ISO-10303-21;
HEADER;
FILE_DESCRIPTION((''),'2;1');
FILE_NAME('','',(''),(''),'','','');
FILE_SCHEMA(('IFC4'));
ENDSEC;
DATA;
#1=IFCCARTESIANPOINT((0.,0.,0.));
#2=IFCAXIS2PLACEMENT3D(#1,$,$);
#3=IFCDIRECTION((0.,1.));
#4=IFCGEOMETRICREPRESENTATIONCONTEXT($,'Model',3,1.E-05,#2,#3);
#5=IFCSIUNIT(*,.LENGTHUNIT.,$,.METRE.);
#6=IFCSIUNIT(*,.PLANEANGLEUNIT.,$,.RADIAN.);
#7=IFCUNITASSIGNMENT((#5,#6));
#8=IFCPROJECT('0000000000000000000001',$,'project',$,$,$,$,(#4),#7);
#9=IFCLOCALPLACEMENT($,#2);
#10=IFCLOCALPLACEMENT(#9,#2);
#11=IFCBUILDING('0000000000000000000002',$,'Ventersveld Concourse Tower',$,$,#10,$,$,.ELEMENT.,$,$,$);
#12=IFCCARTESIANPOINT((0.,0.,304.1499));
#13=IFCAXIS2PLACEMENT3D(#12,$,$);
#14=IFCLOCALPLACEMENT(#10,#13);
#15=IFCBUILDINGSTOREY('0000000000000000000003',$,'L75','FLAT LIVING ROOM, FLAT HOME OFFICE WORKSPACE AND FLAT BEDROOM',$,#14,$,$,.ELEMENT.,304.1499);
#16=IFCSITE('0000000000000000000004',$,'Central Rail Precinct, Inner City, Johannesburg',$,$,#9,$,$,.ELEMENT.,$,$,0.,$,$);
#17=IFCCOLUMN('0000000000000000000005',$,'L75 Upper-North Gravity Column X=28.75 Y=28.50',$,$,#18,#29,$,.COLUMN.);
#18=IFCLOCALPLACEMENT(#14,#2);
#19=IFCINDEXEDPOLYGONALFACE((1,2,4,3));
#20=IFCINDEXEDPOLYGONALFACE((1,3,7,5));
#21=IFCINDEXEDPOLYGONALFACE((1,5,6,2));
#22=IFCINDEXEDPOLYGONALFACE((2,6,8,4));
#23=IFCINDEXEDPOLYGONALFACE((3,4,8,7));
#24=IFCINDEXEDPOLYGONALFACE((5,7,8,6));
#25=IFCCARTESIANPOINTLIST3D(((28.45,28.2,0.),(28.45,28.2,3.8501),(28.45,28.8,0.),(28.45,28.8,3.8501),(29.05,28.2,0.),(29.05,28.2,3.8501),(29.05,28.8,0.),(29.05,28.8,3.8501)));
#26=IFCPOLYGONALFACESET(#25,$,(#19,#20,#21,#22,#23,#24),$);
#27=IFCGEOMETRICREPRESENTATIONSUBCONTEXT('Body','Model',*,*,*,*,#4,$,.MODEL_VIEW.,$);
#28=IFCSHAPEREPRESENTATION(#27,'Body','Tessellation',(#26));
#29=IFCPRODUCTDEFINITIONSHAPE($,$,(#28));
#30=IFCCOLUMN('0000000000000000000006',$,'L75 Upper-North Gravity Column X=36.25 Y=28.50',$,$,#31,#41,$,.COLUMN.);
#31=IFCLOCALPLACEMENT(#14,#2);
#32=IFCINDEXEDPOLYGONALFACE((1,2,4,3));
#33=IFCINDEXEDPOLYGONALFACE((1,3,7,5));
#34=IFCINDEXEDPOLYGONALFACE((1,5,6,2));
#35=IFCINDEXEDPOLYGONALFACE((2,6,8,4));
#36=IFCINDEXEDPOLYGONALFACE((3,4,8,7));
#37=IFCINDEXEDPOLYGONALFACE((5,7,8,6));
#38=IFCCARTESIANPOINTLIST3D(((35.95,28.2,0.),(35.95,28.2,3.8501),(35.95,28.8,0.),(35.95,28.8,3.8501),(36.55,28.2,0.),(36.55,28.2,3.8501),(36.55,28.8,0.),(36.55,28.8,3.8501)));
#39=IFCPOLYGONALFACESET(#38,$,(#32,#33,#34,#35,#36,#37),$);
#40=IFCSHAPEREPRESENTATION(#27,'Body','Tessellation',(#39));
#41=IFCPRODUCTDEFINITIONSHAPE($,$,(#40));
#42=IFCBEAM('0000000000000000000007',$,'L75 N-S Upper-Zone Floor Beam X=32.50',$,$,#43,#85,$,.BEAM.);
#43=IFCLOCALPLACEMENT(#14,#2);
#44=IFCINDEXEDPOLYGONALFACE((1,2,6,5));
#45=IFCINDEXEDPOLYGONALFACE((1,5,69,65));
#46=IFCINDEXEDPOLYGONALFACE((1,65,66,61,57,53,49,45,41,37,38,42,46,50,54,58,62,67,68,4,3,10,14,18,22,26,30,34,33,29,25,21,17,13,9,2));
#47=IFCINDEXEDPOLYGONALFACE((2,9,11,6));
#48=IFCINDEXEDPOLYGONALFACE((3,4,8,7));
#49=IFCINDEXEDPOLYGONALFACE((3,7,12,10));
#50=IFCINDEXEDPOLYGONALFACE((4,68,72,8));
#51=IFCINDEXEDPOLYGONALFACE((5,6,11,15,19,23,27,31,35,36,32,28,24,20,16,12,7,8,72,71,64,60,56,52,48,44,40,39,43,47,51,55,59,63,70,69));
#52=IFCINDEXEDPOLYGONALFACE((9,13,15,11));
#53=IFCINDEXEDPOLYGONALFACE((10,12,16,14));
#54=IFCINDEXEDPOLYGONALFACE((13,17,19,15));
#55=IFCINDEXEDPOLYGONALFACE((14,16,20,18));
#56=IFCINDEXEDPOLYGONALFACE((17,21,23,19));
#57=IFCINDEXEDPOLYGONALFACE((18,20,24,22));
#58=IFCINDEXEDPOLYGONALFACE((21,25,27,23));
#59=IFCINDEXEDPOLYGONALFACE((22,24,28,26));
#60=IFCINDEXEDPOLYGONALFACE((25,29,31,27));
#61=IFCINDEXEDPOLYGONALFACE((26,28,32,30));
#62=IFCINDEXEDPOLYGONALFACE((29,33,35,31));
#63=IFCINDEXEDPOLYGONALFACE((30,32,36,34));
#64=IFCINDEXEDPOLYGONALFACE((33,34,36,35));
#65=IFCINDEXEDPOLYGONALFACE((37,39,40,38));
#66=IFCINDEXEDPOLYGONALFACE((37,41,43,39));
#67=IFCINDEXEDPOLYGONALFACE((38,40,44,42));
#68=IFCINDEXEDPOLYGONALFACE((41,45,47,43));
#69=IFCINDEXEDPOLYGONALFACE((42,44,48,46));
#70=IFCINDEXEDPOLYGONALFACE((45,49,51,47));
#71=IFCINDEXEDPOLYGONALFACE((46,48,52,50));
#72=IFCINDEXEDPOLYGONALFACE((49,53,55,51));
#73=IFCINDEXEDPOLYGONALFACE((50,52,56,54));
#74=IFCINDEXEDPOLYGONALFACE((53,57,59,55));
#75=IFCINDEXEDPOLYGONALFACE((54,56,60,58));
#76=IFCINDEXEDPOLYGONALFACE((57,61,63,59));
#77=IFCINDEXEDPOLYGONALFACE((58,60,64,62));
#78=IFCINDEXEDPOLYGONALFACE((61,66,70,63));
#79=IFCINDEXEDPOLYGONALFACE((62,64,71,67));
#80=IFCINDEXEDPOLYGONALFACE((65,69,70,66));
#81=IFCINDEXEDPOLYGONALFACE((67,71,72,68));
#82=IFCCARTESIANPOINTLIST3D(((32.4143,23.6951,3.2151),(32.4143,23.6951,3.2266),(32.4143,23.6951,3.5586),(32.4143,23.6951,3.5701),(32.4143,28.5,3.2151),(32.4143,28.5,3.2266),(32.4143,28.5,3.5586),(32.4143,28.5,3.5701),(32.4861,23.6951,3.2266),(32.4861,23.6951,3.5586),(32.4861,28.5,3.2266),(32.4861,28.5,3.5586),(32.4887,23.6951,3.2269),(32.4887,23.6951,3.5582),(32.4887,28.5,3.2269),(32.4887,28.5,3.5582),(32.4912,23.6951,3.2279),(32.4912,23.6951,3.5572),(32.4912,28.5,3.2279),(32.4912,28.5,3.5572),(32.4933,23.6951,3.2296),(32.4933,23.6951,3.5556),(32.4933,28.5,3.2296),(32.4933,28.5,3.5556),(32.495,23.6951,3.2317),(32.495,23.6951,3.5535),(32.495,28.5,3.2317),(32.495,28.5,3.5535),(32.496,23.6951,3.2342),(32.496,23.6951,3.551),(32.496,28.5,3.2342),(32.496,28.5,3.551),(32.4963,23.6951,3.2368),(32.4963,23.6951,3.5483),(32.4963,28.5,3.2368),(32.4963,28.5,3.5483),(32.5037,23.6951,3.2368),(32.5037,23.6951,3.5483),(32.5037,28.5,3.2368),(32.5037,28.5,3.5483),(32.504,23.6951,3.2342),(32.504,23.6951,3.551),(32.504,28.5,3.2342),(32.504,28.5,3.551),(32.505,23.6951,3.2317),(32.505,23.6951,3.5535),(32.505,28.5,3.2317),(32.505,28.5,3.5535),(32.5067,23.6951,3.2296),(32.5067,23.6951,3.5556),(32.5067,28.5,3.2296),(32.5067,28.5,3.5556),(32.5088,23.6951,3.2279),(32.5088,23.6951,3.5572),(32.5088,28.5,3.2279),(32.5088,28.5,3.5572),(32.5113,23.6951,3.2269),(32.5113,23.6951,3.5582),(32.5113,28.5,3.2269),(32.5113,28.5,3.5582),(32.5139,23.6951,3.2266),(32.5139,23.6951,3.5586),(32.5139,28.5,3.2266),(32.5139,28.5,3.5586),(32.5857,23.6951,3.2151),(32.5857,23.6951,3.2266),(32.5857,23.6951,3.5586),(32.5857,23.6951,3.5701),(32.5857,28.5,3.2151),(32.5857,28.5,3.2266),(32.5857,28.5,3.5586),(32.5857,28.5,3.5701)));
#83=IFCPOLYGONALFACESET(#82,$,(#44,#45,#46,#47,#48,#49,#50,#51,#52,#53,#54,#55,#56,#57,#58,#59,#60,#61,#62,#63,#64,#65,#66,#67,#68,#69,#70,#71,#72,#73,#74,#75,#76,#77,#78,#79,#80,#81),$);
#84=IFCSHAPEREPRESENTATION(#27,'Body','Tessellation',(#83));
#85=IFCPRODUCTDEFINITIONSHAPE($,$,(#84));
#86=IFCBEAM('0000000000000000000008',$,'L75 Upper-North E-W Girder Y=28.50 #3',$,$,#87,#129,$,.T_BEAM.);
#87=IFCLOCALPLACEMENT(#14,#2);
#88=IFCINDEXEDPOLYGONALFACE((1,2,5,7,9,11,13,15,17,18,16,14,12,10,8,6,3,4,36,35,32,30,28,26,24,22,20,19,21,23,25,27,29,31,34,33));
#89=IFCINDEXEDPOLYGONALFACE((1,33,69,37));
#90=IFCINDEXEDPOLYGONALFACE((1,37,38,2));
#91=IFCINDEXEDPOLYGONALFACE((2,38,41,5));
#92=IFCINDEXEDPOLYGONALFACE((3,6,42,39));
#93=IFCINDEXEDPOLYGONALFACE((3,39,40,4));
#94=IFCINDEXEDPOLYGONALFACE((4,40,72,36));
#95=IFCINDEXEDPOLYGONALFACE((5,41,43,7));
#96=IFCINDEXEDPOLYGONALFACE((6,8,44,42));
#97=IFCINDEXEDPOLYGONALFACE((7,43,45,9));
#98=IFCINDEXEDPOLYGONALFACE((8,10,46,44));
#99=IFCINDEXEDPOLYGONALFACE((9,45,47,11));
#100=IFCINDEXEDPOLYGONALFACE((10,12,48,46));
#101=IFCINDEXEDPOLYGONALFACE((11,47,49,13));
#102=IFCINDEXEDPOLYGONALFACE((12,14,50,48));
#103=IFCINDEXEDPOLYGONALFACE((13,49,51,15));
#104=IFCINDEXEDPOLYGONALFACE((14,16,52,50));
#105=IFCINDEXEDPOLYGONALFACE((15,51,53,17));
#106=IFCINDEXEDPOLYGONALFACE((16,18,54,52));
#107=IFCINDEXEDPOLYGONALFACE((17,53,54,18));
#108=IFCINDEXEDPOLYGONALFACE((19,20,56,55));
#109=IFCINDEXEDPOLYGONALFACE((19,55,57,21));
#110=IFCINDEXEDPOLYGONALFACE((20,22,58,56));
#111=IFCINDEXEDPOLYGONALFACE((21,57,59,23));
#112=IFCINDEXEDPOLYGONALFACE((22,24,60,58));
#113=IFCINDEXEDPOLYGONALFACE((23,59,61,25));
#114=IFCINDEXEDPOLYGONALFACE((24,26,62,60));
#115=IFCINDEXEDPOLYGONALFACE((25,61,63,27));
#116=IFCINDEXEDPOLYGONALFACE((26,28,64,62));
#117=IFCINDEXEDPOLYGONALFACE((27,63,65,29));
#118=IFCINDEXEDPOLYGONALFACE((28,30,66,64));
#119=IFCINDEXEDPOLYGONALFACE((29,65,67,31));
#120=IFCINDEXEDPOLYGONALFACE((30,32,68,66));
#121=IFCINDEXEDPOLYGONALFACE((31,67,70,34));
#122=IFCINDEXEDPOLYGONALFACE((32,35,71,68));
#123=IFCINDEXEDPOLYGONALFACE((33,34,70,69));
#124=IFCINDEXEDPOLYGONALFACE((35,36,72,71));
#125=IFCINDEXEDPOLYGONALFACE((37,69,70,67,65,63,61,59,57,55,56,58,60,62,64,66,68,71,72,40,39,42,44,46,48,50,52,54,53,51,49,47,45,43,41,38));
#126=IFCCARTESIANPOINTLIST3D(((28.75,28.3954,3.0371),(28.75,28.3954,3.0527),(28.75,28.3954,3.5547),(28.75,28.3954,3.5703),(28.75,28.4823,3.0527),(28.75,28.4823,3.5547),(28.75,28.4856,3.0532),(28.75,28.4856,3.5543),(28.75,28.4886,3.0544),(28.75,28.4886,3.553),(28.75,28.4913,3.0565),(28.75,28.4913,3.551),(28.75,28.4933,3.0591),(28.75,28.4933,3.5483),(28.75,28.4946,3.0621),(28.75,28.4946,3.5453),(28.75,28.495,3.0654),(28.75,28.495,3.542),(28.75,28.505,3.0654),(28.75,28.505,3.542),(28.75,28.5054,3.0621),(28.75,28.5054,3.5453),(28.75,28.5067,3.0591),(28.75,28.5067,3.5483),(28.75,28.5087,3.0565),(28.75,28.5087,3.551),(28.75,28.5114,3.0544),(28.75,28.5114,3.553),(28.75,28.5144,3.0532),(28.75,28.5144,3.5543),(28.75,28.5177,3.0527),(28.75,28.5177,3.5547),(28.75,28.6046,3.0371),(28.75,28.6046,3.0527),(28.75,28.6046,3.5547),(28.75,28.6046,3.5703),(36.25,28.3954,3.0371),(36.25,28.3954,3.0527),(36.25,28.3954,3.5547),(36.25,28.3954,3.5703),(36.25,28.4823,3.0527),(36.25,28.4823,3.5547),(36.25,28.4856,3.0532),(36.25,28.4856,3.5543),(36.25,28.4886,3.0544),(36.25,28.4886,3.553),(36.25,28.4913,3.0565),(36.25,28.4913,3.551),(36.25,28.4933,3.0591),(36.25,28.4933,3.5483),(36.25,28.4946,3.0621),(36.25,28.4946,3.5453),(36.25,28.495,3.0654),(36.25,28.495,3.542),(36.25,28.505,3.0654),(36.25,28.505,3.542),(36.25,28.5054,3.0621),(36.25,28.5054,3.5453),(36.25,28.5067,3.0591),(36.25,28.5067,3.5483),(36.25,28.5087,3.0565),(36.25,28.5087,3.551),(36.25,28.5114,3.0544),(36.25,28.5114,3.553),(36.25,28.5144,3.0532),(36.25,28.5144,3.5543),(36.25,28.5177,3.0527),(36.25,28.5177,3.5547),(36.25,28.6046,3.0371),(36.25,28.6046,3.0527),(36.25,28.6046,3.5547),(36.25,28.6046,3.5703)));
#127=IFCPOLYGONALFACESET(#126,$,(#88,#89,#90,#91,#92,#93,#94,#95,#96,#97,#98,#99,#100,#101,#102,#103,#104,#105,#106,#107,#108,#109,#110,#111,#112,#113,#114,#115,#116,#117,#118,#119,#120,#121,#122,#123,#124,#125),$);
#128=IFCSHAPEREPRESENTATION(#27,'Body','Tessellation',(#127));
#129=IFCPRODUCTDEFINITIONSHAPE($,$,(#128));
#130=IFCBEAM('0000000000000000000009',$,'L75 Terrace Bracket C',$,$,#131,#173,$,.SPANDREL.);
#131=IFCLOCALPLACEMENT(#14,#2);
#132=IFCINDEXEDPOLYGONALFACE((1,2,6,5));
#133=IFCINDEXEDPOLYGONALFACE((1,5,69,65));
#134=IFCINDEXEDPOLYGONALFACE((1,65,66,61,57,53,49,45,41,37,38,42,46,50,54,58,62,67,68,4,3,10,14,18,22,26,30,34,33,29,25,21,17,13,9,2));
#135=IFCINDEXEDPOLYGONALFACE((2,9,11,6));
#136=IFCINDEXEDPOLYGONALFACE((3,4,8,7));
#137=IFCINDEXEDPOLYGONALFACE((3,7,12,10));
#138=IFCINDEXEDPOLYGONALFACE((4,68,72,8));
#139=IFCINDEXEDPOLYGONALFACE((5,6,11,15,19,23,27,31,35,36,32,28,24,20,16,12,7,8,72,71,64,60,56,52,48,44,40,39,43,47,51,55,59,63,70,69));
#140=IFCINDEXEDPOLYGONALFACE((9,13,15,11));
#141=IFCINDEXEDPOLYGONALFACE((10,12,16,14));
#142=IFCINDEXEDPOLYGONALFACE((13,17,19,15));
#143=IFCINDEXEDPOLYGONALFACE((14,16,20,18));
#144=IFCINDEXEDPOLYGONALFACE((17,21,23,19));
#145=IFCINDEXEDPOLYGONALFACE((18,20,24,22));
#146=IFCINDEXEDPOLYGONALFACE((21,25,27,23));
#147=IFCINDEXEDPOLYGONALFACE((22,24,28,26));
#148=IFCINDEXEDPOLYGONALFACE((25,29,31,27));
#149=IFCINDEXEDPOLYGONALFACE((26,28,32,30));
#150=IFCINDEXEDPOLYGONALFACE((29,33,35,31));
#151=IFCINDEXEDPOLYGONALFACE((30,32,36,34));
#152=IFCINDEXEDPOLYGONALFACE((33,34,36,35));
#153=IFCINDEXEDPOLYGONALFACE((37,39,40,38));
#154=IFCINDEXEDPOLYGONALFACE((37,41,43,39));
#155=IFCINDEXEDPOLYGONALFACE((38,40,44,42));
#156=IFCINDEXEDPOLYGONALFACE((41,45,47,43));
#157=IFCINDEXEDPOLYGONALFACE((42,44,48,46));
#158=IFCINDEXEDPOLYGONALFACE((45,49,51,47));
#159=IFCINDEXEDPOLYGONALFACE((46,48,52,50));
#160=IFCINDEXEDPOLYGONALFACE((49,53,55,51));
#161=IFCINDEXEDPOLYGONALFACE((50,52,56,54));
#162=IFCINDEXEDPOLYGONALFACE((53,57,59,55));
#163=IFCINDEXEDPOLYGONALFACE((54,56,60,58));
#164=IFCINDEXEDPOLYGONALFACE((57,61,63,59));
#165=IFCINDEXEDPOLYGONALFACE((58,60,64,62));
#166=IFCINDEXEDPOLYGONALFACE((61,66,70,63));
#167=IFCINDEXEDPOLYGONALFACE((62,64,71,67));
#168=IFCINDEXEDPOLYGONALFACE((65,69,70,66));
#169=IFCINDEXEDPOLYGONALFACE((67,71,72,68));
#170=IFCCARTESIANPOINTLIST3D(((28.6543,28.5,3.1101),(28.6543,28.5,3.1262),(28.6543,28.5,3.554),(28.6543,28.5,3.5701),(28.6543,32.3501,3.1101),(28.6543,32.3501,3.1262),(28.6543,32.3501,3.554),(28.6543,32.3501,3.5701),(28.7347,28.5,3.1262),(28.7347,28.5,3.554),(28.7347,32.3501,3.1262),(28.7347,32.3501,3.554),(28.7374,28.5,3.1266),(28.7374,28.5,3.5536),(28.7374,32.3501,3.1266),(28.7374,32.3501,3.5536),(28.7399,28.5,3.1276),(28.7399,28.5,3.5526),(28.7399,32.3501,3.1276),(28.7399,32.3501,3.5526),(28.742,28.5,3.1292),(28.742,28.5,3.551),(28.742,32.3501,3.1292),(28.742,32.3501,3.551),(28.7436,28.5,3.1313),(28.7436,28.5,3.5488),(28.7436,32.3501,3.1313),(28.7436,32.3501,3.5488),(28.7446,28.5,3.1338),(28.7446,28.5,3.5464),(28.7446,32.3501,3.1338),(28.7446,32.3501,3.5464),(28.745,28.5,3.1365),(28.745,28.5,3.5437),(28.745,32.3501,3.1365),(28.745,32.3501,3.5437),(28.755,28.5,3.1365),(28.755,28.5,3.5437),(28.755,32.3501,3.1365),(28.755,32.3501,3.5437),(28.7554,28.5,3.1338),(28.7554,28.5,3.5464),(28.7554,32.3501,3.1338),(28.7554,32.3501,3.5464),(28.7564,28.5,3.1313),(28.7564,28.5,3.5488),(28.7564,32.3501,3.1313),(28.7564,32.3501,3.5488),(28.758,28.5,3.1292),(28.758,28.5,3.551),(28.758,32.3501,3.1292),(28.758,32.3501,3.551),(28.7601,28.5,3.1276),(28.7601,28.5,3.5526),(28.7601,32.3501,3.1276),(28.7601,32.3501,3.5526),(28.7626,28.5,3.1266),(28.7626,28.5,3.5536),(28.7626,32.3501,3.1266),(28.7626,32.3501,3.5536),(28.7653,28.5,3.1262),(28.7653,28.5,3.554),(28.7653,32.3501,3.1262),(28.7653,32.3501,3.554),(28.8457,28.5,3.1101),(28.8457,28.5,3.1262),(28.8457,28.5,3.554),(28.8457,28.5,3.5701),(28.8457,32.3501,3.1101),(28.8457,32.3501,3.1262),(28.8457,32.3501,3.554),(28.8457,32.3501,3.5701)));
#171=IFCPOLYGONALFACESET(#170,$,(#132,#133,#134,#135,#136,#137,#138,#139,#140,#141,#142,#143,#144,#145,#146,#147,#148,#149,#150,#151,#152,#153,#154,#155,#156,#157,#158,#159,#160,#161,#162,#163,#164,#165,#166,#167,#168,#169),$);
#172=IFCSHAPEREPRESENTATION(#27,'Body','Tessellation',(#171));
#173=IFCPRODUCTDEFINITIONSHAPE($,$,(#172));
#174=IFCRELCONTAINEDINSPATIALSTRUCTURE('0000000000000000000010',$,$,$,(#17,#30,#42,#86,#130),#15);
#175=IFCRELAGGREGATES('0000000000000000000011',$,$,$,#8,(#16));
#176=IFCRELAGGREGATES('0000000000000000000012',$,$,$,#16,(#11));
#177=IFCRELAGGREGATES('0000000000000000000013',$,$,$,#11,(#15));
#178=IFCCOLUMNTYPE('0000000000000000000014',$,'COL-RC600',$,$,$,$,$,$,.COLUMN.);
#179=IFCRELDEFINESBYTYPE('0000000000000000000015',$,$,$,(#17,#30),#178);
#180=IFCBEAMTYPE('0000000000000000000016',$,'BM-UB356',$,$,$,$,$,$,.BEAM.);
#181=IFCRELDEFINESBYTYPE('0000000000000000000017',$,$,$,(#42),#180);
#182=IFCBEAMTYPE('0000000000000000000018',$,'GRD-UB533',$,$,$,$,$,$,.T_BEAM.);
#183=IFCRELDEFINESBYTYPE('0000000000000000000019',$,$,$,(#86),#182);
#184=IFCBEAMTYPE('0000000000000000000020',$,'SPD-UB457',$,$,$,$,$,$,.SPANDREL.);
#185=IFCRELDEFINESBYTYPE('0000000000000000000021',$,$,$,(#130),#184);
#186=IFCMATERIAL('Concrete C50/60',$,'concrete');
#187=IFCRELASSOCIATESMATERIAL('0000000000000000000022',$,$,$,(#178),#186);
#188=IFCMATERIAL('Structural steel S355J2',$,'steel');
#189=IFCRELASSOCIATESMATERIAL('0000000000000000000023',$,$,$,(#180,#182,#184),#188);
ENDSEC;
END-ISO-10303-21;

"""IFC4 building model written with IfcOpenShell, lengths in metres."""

from ifc_helpers import new_model, si_unit, direction, frame, origin, origin_2d, place, context, subcontext, project, spatial, rectangle, i_section, extrude, material, material_profile, profile_set, type_object, element, save


model = new_model("IFC4")

# Units and contexts
model_context = context("Model", 3, precision=1e-05, world=origin(), true_north=direction((0.0, 1.0)))
body_context = subcontext(model_context, "Body", "Model", "MODEL_VIEW")
ifc_project = project(units=[si_unit("LENGTHUNIT", "METRE"), si_unit("PLANEANGLEUNIT", "RADIAN")], contexts=[model_context])

# Site, building, storey
site_placement = place(None, origin())
site = spatial("IfcSite", under=ifc_project, at=site_placement, Name="Central Rail Precinct, Inner City, Johannesburg", CompositionType="ELEMENT", RefElevation=0.0)
building_placement = place(site_placement, origin())
building = spatial("IfcBuilding", under=site, at=building_placement, Name="Ventersveld Concourse Tower", CompositionType="ELEMENT")
storey_placement = place(building_placement, frame((0.0, 0.0, 304.1499)))
storey = spatial("IfcBuildingStorey", under=building, at=storey_placement, Name="L75", Description="FLAT LIVING ROOM, FLAT HOME OFFICE WORKSPACE AND FLAT BEDROOM", CompositionType="ELEMENT", Elevation=304.1499)

# Columns
ifc_material_1 = material(Name="Concrete C50/60", Category="concrete")
ifc_material_profile_1 = material_profile(ifc_material_1, rectangle(XDim=0.6001, YDim=0.6001, at=origin_2d()), Name="RC 600x600")
ifc_profile_set_1 = profile_set([ifc_material_profile_1], Name="Concrete C50/60")
column_type = type_object("IfcColumnType", Name="COL-RC600", PredefinedType="COLUMN", material=ifc_profile_set_1)
for number, where, z_axis, x_axis, name in (
    (1, (28.75, 28.5, 0.0), (0.0, 0.0, 1.0), (1.0, 0.0, 0.0), "L75 Upper-North Gravity Column X=28.75 Y=28.50"),
    (2, (36.25, 28.5, 0.0), (0.0, 0.0, 1.0), (1.0, 0.0, 0.0), "L75 Upper-North Gravity Column X=36.25 Y=28.50"),
):
    element("IfcColumn", number, at=place(storey_placement, frame(where, z_axis=z_axis, x_axis=x_axis)), inside=storey, type_object=column_type, Name=name, PredefinedType="COLUMN", context=body_context, shape_type="SweptSolid", body=[
        extrude(rectangle(XDim=0.6001, YDim=0.6001, at=origin_2d()), origin(), (0.0, 0.0, 1.0), 3.8501),
    ])

# Beams
ifc_material_2 = material(Name="Structural steel S355J2", Category="steel")
ifc_material_profile_2 = material_profile(ifc_material_2, i_section(OverallWidth=0.1714, OverallDepth=0.355, WebThickness=0.0073, FlangeThickness=0.0115, FilletRadius=0.0103, at=origin_2d()), Name="UB 356x171x51")
ifc_profile_set_2 = profile_set([ifc_material_profile_2], Name="Structural steel S355J2")
beam_type_1 = type_object("IfcBeamType", Name="BM-UB356", PredefinedType="BEAM", material=ifc_profile_set_2)
beam_1_placement = place(storey_placement, frame((32.5, 23.6951, 3.3926), z_axis=(0.0, 1.0, 0.0), x_axis=(-1.0, 0.0, 0.0)))
element("IfcBeam", 3, at=beam_1_placement, inside=storey, type_object=beam_type_1, Name="L75 N-S Upper-Zone Floor Beam X=32.50", PredefinedType="BEAM", context=body_context, shape_type="SweptSolid", body=[
    extrude(i_section(OverallWidth=0.1714, OverallDepth=0.355, WebThickness=0.0073, FlangeThickness=0.0115, FilletRadius=0.0103, at=origin_2d()), origin(), (0.0, 0.0, 1.0), 4.8049),
])
ifc_material_profile_3 = material_profile(ifc_material_2, i_section(OverallWidth=0.2092, OverallDepth=0.5332, WebThickness=0.01, FlangeThickness=0.0156, FilletRadius=0.0127, at=origin_2d()), Name="UB 533x210x92")
ifc_profile_set_3 = profile_set([ifc_material_profile_3], Name="Structural steel S355J2")
beam_type_2 = type_object("IfcBeamType", Name="GRD-UB533", PredefinedType="T_BEAM", material=ifc_profile_set_3)
beam_2_placement = place(storey_placement, frame((28.75, 28.5, 3.3037), z_axis=(1.0, 0.0, 0.0), x_axis=(0.0, 1.0, 0.0)))
element("IfcBeam", 4, at=beam_2_placement, inside=storey, type_object=beam_type_2, Name="L75 Upper-North E-W Girder Y=28.50 #3", PredefinedType="T_BEAM", context=body_context, shape_type="SweptSolid", body=[
    extrude(i_section(OverallWidth=0.2092, OverallDepth=0.5332, WebThickness=0.01, FlangeThickness=0.0156, FilletRadius=0.0127, at=origin_2d()), origin(), (0.0, 0.0, 1.0), 7.5),
])
ifc_material_profile_4 = material_profile(ifc_material_2, i_section(OverallWidth=0.1914, OverallDepth=0.46, WebThickness=0.01, FlangeThickness=0.0161, FilletRadius=0.0103, at=origin_2d()), Name="UB 457x191x82")
ifc_profile_set_4 = profile_set([ifc_material_profile_4], Name="Structural steel S355J2")
beam_type_3 = type_object("IfcBeamType", Name="SPD-UB457", PredefinedType="SPANDREL", material=ifc_profile_set_4)
beam_3_placement = place(storey_placement, frame((28.75, 28.5, 3.3401), z_axis=(0.0, 1.0, 0.0), x_axis=(-1.0, 0.0, 0.0)))
element("IfcBeam", 5, at=beam_3_placement, inside=storey, type_object=beam_type_3, Name="L75 Terrace Bracket C", PredefinedType="SPANDREL", context=body_context, shape_type="SweptSolid", body=[
    extrude(i_section(OverallWidth=0.1914, OverallDepth=0.46, WebThickness=0.01, FlangeThickness=0.0161, FilletRadius=0.0103, at=origin_2d()), origin(), (0.0, 0.0, 1.0), 3.8501),
])

save(model, "model.ifc")
